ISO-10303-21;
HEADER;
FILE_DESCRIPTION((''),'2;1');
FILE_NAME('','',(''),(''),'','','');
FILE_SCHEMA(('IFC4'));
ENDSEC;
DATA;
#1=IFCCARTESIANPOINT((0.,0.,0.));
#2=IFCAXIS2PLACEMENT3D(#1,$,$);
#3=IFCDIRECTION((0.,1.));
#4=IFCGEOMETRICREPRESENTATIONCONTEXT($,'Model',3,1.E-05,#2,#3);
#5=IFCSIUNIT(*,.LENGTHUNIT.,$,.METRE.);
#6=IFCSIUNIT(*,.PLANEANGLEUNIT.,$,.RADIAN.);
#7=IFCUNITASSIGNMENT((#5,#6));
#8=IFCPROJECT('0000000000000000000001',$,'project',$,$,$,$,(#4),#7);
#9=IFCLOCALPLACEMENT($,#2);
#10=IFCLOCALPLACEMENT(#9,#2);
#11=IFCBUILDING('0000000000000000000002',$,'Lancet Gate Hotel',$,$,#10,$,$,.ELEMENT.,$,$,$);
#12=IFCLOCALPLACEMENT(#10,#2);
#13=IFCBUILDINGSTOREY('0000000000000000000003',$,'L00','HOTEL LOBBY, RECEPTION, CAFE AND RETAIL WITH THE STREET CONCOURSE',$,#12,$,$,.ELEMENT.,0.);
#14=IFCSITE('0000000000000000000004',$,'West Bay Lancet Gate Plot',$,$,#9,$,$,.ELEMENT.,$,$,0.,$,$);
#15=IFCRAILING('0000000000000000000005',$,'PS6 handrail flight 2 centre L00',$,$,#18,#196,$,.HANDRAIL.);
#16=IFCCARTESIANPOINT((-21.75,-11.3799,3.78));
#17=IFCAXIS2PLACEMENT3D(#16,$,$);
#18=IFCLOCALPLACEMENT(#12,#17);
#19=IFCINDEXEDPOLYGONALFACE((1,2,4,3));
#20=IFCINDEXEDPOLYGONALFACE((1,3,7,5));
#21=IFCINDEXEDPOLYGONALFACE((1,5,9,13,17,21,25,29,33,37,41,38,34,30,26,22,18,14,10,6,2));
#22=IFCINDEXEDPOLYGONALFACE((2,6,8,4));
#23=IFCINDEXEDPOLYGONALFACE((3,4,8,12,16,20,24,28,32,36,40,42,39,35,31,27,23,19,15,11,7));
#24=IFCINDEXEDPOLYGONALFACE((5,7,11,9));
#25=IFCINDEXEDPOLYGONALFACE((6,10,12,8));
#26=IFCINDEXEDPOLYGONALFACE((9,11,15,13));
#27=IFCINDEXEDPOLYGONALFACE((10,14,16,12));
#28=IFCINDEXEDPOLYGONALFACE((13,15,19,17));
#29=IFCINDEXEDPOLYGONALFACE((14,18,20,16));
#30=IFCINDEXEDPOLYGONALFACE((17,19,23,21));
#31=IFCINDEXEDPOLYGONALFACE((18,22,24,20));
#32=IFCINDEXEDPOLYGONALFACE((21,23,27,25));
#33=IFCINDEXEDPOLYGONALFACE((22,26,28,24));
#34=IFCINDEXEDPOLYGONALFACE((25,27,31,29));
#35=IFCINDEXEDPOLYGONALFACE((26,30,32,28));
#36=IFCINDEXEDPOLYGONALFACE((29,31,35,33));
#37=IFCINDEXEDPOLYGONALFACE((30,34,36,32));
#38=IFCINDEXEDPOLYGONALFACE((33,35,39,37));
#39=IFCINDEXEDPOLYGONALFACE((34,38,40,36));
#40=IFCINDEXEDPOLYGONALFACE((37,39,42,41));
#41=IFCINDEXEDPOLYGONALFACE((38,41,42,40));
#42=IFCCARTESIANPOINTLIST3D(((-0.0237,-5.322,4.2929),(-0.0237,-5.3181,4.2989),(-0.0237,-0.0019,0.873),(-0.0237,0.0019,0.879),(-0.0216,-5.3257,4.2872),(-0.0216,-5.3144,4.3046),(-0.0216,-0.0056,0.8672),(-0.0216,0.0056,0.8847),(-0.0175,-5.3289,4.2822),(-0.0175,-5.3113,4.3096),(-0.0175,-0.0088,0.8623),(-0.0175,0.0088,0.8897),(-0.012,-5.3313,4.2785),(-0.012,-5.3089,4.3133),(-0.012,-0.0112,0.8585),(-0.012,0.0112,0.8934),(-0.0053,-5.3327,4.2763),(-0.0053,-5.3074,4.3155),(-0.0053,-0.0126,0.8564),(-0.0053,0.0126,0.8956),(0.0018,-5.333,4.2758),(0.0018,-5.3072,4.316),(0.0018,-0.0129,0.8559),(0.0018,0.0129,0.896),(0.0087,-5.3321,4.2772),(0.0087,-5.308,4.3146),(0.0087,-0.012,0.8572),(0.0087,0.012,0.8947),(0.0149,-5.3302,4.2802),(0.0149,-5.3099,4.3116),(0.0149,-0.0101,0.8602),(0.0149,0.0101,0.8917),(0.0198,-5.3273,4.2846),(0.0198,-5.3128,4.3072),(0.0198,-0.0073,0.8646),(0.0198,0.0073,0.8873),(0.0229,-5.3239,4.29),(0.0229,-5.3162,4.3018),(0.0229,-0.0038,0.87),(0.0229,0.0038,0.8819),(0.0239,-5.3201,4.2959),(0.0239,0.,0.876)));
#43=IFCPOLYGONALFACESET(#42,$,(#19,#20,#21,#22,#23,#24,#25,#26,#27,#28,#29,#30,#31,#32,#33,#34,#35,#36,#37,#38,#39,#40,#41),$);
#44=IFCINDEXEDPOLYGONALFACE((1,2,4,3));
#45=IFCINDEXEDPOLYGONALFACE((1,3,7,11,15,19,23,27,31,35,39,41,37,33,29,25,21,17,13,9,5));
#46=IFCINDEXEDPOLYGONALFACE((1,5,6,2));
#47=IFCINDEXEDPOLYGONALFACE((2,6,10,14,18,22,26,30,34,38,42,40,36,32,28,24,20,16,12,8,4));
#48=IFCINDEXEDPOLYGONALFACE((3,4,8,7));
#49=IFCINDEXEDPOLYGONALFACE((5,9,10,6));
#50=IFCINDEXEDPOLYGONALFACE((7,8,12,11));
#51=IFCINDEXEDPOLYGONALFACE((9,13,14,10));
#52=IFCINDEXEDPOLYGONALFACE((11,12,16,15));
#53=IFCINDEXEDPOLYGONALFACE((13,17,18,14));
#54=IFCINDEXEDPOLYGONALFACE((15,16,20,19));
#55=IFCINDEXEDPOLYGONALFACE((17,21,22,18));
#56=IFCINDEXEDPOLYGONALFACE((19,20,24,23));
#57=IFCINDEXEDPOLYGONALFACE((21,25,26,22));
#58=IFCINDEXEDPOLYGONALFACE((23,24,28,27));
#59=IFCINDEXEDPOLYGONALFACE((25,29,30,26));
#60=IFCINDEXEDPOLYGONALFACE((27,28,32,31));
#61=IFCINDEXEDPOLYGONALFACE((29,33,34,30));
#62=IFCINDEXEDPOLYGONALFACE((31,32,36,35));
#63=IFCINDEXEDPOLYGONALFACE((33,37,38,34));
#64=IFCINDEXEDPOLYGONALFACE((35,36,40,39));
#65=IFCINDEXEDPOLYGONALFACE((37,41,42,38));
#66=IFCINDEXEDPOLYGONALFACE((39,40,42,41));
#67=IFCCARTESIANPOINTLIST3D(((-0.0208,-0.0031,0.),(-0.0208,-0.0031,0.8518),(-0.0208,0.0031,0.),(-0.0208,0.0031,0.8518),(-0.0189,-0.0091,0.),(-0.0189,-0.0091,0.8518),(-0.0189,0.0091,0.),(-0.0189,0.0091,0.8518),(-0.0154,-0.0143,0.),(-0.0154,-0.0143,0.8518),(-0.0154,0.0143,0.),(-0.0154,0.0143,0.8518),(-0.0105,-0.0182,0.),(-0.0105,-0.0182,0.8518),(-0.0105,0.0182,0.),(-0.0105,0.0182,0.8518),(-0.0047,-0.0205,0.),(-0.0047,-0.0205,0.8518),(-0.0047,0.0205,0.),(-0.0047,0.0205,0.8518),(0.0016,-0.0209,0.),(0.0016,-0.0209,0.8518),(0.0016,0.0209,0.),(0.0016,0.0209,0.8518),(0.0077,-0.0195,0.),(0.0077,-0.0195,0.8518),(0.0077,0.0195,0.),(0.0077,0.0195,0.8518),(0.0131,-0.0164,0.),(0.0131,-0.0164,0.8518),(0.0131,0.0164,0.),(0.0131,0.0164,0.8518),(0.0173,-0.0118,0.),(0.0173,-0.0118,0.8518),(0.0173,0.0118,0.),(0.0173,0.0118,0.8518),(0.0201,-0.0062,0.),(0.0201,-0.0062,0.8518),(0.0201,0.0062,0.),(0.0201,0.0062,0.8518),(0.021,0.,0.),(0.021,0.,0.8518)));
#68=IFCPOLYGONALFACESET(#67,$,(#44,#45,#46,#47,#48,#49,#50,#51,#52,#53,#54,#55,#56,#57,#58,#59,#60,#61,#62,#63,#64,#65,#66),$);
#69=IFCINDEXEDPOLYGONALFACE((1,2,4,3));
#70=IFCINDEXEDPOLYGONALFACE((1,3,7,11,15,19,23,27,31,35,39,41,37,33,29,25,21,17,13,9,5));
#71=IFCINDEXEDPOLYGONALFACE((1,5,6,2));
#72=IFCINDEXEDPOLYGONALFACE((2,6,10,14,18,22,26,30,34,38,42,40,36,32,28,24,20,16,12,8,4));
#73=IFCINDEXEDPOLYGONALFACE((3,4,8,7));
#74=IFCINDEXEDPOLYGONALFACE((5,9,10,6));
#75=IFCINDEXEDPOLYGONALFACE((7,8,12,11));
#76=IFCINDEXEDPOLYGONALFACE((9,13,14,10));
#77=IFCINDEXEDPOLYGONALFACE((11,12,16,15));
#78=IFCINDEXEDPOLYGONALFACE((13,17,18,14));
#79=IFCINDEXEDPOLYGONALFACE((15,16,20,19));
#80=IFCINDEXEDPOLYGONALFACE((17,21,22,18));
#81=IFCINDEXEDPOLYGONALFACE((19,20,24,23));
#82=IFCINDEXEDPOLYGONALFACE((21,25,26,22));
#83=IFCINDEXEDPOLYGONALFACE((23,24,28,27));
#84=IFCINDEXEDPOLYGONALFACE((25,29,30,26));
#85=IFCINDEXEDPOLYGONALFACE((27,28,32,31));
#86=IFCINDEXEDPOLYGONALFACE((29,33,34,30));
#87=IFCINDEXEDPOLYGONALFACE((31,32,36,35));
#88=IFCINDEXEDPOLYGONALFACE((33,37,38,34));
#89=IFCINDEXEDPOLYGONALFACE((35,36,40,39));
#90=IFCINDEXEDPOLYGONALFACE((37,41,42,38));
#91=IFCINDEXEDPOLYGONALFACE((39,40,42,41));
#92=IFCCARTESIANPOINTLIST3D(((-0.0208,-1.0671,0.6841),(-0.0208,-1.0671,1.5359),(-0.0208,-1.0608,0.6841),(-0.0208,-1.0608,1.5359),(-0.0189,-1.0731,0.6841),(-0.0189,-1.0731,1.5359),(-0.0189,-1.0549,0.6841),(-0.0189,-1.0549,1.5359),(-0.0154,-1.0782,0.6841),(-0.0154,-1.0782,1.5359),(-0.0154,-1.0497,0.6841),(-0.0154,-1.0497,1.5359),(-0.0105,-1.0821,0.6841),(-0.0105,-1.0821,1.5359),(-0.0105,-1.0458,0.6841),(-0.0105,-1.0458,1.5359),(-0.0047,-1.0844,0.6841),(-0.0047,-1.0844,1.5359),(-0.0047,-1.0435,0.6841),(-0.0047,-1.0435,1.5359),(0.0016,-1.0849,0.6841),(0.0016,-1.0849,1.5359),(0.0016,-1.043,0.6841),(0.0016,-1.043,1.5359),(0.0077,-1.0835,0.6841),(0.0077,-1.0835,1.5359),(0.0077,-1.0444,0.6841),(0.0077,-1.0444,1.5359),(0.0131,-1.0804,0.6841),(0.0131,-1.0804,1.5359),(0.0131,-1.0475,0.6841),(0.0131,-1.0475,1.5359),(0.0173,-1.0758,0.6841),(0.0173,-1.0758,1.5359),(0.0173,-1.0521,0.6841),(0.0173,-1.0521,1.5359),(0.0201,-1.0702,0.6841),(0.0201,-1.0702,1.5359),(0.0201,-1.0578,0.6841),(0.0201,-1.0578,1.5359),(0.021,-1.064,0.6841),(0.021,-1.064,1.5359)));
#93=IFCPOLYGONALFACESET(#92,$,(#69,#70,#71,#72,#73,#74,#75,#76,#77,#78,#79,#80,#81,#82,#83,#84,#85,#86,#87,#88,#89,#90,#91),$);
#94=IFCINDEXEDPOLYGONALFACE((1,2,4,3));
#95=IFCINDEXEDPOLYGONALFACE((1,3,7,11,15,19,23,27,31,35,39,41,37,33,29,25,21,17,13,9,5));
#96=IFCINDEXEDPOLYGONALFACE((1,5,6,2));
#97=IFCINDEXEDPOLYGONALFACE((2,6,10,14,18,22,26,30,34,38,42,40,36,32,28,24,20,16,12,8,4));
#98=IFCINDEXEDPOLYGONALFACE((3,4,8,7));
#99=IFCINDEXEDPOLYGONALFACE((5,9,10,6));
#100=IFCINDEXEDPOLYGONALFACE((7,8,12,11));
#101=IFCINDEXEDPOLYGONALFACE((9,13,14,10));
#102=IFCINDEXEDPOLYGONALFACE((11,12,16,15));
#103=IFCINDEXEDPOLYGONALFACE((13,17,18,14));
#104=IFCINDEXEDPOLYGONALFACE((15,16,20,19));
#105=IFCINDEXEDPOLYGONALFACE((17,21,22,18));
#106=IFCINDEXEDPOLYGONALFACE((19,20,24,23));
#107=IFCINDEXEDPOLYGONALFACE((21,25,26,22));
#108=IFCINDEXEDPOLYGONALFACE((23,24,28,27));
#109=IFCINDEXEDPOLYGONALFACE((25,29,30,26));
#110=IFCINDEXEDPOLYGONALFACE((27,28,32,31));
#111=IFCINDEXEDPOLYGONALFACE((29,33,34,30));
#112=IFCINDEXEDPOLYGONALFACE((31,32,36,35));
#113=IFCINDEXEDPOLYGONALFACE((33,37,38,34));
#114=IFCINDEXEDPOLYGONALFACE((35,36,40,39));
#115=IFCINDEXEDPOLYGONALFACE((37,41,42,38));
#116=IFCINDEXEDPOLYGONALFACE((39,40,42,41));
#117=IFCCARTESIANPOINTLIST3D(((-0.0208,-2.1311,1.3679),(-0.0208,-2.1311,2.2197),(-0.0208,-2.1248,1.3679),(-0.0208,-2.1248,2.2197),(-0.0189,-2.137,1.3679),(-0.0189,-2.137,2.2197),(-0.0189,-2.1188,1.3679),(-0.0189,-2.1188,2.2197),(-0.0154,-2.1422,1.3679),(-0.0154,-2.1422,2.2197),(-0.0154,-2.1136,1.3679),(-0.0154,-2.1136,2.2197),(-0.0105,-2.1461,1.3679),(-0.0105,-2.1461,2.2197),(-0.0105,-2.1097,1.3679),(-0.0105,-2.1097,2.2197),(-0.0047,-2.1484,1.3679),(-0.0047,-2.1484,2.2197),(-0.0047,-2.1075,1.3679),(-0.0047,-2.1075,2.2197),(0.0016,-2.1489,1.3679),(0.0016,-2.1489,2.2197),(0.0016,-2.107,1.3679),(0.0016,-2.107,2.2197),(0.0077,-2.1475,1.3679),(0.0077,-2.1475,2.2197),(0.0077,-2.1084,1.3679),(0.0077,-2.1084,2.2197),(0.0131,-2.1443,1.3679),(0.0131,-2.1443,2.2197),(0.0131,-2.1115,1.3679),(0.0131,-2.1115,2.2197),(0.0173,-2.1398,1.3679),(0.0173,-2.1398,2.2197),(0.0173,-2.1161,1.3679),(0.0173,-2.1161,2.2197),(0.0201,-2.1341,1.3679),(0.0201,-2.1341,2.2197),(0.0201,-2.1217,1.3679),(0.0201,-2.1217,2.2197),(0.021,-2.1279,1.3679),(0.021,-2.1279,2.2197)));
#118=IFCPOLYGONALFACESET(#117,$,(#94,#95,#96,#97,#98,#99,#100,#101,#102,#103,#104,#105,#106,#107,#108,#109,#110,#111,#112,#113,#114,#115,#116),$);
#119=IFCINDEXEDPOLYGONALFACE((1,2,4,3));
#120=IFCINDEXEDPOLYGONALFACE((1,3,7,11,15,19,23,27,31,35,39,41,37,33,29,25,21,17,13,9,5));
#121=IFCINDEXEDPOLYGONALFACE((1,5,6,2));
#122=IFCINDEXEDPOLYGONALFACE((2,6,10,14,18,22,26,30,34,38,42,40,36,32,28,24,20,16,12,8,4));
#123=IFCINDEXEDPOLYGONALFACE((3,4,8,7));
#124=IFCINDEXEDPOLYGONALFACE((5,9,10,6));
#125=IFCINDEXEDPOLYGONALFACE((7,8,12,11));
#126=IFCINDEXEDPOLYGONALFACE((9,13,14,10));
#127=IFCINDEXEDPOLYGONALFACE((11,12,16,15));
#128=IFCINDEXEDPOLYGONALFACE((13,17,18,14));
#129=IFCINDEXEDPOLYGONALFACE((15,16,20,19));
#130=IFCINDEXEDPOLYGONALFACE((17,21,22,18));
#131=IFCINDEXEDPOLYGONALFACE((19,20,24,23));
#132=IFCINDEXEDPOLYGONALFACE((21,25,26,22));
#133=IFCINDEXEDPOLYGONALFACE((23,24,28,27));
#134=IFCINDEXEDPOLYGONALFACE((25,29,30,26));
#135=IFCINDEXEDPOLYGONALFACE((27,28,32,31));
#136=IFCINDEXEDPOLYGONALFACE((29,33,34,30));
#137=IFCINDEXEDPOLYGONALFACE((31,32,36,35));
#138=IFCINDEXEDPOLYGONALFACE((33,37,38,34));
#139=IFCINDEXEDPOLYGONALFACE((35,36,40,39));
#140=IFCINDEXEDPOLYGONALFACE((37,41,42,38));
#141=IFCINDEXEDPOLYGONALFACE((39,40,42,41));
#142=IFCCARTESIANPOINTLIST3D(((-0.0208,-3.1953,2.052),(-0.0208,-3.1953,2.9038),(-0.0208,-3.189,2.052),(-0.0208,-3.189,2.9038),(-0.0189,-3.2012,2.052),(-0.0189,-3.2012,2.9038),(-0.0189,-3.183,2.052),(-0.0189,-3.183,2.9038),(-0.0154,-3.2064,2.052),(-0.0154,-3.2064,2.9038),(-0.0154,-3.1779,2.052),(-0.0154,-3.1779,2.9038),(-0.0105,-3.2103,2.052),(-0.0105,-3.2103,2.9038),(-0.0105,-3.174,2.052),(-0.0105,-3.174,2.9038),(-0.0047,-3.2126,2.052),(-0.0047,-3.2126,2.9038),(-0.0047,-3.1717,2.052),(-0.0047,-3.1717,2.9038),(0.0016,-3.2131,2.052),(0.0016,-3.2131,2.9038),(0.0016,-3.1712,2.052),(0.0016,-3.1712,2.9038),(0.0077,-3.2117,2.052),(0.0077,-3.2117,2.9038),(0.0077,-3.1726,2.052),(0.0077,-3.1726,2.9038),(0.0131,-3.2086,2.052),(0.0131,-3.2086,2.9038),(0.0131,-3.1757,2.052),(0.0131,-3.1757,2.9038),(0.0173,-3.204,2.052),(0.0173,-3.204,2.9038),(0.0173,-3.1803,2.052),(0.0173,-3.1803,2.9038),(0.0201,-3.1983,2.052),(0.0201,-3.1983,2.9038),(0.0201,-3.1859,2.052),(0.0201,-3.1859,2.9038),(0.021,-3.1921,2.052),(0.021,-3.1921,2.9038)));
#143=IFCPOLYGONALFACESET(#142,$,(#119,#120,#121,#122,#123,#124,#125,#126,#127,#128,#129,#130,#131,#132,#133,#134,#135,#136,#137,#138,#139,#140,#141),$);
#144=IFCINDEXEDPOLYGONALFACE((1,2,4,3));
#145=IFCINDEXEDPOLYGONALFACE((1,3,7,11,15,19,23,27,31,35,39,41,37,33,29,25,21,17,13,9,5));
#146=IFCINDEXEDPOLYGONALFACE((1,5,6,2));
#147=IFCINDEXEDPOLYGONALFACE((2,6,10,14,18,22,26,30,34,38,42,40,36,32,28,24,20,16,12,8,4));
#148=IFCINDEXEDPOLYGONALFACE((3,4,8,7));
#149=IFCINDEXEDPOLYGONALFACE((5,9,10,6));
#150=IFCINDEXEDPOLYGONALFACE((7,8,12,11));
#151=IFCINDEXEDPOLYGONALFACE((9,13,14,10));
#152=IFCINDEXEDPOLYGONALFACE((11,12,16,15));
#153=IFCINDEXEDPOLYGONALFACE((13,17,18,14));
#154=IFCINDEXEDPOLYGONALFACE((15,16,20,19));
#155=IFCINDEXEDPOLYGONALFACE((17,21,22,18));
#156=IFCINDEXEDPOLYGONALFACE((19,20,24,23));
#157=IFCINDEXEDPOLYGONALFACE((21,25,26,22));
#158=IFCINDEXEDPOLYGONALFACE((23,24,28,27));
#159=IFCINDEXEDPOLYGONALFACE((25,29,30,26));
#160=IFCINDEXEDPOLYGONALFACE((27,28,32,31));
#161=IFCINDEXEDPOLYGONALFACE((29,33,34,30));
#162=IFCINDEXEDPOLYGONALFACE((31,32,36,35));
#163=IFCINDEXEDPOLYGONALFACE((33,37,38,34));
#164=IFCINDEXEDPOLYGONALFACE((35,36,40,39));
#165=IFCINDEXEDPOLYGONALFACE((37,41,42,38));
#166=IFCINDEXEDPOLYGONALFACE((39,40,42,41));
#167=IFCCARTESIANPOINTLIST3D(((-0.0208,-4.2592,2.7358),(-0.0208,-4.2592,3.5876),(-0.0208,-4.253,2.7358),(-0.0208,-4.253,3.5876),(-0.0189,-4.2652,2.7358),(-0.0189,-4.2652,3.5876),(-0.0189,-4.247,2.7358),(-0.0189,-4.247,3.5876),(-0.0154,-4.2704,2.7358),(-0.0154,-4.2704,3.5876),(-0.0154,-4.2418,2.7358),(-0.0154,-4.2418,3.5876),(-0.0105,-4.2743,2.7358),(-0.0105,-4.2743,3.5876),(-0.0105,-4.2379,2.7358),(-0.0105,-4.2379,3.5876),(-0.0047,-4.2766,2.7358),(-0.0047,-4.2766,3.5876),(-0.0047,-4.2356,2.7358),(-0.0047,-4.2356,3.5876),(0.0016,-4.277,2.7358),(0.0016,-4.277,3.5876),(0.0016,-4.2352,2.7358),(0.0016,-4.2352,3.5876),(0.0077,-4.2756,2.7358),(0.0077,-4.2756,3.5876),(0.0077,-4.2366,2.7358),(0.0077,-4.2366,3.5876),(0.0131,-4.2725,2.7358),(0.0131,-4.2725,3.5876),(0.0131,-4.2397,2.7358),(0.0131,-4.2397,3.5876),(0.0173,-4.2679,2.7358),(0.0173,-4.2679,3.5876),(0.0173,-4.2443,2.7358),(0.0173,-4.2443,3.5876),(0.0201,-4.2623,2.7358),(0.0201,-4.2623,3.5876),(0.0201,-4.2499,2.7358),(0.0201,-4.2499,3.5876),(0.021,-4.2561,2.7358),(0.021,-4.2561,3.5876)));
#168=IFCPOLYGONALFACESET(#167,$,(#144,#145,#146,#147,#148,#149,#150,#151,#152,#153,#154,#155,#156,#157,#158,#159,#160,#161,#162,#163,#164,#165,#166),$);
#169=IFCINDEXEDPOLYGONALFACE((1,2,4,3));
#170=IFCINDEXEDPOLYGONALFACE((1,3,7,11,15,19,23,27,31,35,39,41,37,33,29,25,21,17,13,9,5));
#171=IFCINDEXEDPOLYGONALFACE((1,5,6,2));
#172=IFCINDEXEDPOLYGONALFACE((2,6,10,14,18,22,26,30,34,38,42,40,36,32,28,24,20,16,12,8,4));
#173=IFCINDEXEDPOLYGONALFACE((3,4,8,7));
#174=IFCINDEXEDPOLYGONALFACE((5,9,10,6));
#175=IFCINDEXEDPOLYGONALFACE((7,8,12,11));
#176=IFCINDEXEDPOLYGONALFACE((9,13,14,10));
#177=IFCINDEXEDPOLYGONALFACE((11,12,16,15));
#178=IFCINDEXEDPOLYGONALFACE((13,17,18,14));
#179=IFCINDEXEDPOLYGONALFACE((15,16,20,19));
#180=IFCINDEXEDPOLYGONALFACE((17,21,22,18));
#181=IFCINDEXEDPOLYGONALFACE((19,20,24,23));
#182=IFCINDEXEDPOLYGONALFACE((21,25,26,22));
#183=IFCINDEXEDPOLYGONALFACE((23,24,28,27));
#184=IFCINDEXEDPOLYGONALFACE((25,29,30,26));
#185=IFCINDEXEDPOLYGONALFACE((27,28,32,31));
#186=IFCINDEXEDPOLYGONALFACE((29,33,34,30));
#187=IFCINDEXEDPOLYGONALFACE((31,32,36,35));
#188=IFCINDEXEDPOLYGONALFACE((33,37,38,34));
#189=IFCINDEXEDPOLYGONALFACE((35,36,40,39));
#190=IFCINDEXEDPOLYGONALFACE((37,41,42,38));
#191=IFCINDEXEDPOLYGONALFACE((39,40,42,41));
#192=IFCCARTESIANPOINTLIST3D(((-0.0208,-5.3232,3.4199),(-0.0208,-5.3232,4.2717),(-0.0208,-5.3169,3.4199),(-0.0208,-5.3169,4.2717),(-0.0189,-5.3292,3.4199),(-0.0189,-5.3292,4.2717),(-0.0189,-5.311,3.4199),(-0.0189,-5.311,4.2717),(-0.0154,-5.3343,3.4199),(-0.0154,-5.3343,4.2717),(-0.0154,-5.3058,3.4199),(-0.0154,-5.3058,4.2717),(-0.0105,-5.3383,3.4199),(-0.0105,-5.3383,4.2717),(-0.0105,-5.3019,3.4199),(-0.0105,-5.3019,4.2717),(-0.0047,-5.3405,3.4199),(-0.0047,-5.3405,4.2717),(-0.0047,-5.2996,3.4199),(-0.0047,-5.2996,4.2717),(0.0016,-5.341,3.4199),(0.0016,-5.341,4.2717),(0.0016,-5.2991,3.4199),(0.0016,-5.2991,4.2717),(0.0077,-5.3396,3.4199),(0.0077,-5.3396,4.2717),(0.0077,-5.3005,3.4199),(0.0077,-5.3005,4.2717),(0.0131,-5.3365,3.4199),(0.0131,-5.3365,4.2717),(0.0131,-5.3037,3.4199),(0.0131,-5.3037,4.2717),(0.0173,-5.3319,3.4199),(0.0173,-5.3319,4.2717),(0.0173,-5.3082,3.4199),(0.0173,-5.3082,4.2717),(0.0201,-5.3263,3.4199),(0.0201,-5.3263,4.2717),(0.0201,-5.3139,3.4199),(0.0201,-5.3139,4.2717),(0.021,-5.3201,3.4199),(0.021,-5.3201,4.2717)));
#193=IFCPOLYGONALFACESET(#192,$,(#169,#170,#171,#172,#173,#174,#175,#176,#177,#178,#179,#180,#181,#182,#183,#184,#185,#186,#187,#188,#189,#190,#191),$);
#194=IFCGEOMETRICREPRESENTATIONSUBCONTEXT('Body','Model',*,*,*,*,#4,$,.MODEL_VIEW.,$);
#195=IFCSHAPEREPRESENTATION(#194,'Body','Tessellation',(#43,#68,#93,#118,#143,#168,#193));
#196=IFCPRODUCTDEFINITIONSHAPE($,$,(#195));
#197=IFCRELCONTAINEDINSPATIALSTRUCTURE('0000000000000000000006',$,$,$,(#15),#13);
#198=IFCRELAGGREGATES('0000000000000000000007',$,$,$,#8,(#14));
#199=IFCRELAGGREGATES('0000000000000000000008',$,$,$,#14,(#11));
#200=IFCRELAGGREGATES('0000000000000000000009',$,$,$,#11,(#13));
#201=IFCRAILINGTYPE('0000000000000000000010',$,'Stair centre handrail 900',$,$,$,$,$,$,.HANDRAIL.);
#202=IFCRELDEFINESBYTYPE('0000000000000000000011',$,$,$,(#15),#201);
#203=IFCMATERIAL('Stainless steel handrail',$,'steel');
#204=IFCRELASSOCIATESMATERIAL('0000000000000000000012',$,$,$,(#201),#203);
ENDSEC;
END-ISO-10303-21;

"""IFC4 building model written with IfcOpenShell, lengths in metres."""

from ifc_helpers import new_model, si_unit, direction, frame, origin, origin_2d, place, context, subcontext, project, spatial, circle, extrude, material, type_object, element, save


model = new_model("IFC4")

# Units and contexts
model_context = context("Model", 3, precision=1e-05, world=origin(), true_north=direction((0.0, 1.0)))
body_context = subcontext(model_context, "Body", "Model", "MODEL_VIEW")
ifc_project = project(units=[si_unit("LENGTHUNIT", "METRE"), si_unit("PLANEANGLEUNIT", "RADIAN")], contexts=[model_context])

# Site, building, storey
site_placement = place(None, origin())
site = spatial("IfcSite", under=ifc_project, at=site_placement, Name="West Bay Lancet Gate Plot", CompositionType="ELEMENT", RefElevation=0.0)
building_placement = place(site_placement, origin())
building = spatial("IfcBuilding", under=site, at=building_placement, Name="Lancet Gate Hotel", CompositionType="ELEMENT")
storey_placement = place(building_placement, origin())
storey = spatial("IfcBuildingStorey", under=building, at=storey_placement, Name="L00", Description="HOTEL LOBBY, RECEPTION, CAFE AND RETAIL WITH THE STREET CONCOURSE", CompositionType="ELEMENT", Elevation=0.0)

# Railing
ifc_material_1 = material(Name="Stainless steel handrail", Category="steel")
railing_type_1 = type_object("IfcRailingType", Name="Stair centre handrail 900", PredefinedType="HANDRAIL", material=ifc_material_1)
railing_1_placement = place(storey_placement, frame((-21.75, -11.3799, 3.78)))
element("IfcRailing", 1, at=railing_1_placement, inside=storey, type_object=railing_type_1, Name="PS6 handrail flight 2 centre L00", PredefinedType="HANDRAIL", context=body_context, shape_type="SweptSolid", body=[
    extrude(circle(Radius=0.0239, at=origin_2d()), frame((0.0, 0.0, 0.876), z_axis=(0.0, -0.841187, 0.540744), x_axis=(1.0, 0.0, 0.0)), (0.0, 0.0, 1.0), 6.3245),
    extrude(circle(Radius=0.021, at=origin_2d()), origin(), (0.0, 0.0, 1.0), 0.8518),
    extrude(circle(Radius=0.021, at=origin_2d()), frame((0.0, -1.064, 0.6841)), (0.0, 0.0, 1.0), 0.8518),
    extrude(circle(Radius=0.021, at=origin_2d()), frame((0.0, -2.1279, 1.3679)), (0.0, 0.0, 1.0), 0.8518),
    extrude(circle(Radius=0.021, at=origin_2d()), frame((0.0, -3.1921, 2.052)), (0.0, 0.0, 1.0), 0.8518),
    extrude(circle(Radius=0.021, at=origin_2d()), frame((0.0, -4.2561, 2.7358)), (0.0, 0.0, 1.0), 0.8518),
    extrude(circle(Radius=0.021, at=origin_2d()), frame((0.0, -5.3201, 3.4199)), (0.0, 0.0, 1.0), 0.8518),
])

save(model, "model.ifc")
